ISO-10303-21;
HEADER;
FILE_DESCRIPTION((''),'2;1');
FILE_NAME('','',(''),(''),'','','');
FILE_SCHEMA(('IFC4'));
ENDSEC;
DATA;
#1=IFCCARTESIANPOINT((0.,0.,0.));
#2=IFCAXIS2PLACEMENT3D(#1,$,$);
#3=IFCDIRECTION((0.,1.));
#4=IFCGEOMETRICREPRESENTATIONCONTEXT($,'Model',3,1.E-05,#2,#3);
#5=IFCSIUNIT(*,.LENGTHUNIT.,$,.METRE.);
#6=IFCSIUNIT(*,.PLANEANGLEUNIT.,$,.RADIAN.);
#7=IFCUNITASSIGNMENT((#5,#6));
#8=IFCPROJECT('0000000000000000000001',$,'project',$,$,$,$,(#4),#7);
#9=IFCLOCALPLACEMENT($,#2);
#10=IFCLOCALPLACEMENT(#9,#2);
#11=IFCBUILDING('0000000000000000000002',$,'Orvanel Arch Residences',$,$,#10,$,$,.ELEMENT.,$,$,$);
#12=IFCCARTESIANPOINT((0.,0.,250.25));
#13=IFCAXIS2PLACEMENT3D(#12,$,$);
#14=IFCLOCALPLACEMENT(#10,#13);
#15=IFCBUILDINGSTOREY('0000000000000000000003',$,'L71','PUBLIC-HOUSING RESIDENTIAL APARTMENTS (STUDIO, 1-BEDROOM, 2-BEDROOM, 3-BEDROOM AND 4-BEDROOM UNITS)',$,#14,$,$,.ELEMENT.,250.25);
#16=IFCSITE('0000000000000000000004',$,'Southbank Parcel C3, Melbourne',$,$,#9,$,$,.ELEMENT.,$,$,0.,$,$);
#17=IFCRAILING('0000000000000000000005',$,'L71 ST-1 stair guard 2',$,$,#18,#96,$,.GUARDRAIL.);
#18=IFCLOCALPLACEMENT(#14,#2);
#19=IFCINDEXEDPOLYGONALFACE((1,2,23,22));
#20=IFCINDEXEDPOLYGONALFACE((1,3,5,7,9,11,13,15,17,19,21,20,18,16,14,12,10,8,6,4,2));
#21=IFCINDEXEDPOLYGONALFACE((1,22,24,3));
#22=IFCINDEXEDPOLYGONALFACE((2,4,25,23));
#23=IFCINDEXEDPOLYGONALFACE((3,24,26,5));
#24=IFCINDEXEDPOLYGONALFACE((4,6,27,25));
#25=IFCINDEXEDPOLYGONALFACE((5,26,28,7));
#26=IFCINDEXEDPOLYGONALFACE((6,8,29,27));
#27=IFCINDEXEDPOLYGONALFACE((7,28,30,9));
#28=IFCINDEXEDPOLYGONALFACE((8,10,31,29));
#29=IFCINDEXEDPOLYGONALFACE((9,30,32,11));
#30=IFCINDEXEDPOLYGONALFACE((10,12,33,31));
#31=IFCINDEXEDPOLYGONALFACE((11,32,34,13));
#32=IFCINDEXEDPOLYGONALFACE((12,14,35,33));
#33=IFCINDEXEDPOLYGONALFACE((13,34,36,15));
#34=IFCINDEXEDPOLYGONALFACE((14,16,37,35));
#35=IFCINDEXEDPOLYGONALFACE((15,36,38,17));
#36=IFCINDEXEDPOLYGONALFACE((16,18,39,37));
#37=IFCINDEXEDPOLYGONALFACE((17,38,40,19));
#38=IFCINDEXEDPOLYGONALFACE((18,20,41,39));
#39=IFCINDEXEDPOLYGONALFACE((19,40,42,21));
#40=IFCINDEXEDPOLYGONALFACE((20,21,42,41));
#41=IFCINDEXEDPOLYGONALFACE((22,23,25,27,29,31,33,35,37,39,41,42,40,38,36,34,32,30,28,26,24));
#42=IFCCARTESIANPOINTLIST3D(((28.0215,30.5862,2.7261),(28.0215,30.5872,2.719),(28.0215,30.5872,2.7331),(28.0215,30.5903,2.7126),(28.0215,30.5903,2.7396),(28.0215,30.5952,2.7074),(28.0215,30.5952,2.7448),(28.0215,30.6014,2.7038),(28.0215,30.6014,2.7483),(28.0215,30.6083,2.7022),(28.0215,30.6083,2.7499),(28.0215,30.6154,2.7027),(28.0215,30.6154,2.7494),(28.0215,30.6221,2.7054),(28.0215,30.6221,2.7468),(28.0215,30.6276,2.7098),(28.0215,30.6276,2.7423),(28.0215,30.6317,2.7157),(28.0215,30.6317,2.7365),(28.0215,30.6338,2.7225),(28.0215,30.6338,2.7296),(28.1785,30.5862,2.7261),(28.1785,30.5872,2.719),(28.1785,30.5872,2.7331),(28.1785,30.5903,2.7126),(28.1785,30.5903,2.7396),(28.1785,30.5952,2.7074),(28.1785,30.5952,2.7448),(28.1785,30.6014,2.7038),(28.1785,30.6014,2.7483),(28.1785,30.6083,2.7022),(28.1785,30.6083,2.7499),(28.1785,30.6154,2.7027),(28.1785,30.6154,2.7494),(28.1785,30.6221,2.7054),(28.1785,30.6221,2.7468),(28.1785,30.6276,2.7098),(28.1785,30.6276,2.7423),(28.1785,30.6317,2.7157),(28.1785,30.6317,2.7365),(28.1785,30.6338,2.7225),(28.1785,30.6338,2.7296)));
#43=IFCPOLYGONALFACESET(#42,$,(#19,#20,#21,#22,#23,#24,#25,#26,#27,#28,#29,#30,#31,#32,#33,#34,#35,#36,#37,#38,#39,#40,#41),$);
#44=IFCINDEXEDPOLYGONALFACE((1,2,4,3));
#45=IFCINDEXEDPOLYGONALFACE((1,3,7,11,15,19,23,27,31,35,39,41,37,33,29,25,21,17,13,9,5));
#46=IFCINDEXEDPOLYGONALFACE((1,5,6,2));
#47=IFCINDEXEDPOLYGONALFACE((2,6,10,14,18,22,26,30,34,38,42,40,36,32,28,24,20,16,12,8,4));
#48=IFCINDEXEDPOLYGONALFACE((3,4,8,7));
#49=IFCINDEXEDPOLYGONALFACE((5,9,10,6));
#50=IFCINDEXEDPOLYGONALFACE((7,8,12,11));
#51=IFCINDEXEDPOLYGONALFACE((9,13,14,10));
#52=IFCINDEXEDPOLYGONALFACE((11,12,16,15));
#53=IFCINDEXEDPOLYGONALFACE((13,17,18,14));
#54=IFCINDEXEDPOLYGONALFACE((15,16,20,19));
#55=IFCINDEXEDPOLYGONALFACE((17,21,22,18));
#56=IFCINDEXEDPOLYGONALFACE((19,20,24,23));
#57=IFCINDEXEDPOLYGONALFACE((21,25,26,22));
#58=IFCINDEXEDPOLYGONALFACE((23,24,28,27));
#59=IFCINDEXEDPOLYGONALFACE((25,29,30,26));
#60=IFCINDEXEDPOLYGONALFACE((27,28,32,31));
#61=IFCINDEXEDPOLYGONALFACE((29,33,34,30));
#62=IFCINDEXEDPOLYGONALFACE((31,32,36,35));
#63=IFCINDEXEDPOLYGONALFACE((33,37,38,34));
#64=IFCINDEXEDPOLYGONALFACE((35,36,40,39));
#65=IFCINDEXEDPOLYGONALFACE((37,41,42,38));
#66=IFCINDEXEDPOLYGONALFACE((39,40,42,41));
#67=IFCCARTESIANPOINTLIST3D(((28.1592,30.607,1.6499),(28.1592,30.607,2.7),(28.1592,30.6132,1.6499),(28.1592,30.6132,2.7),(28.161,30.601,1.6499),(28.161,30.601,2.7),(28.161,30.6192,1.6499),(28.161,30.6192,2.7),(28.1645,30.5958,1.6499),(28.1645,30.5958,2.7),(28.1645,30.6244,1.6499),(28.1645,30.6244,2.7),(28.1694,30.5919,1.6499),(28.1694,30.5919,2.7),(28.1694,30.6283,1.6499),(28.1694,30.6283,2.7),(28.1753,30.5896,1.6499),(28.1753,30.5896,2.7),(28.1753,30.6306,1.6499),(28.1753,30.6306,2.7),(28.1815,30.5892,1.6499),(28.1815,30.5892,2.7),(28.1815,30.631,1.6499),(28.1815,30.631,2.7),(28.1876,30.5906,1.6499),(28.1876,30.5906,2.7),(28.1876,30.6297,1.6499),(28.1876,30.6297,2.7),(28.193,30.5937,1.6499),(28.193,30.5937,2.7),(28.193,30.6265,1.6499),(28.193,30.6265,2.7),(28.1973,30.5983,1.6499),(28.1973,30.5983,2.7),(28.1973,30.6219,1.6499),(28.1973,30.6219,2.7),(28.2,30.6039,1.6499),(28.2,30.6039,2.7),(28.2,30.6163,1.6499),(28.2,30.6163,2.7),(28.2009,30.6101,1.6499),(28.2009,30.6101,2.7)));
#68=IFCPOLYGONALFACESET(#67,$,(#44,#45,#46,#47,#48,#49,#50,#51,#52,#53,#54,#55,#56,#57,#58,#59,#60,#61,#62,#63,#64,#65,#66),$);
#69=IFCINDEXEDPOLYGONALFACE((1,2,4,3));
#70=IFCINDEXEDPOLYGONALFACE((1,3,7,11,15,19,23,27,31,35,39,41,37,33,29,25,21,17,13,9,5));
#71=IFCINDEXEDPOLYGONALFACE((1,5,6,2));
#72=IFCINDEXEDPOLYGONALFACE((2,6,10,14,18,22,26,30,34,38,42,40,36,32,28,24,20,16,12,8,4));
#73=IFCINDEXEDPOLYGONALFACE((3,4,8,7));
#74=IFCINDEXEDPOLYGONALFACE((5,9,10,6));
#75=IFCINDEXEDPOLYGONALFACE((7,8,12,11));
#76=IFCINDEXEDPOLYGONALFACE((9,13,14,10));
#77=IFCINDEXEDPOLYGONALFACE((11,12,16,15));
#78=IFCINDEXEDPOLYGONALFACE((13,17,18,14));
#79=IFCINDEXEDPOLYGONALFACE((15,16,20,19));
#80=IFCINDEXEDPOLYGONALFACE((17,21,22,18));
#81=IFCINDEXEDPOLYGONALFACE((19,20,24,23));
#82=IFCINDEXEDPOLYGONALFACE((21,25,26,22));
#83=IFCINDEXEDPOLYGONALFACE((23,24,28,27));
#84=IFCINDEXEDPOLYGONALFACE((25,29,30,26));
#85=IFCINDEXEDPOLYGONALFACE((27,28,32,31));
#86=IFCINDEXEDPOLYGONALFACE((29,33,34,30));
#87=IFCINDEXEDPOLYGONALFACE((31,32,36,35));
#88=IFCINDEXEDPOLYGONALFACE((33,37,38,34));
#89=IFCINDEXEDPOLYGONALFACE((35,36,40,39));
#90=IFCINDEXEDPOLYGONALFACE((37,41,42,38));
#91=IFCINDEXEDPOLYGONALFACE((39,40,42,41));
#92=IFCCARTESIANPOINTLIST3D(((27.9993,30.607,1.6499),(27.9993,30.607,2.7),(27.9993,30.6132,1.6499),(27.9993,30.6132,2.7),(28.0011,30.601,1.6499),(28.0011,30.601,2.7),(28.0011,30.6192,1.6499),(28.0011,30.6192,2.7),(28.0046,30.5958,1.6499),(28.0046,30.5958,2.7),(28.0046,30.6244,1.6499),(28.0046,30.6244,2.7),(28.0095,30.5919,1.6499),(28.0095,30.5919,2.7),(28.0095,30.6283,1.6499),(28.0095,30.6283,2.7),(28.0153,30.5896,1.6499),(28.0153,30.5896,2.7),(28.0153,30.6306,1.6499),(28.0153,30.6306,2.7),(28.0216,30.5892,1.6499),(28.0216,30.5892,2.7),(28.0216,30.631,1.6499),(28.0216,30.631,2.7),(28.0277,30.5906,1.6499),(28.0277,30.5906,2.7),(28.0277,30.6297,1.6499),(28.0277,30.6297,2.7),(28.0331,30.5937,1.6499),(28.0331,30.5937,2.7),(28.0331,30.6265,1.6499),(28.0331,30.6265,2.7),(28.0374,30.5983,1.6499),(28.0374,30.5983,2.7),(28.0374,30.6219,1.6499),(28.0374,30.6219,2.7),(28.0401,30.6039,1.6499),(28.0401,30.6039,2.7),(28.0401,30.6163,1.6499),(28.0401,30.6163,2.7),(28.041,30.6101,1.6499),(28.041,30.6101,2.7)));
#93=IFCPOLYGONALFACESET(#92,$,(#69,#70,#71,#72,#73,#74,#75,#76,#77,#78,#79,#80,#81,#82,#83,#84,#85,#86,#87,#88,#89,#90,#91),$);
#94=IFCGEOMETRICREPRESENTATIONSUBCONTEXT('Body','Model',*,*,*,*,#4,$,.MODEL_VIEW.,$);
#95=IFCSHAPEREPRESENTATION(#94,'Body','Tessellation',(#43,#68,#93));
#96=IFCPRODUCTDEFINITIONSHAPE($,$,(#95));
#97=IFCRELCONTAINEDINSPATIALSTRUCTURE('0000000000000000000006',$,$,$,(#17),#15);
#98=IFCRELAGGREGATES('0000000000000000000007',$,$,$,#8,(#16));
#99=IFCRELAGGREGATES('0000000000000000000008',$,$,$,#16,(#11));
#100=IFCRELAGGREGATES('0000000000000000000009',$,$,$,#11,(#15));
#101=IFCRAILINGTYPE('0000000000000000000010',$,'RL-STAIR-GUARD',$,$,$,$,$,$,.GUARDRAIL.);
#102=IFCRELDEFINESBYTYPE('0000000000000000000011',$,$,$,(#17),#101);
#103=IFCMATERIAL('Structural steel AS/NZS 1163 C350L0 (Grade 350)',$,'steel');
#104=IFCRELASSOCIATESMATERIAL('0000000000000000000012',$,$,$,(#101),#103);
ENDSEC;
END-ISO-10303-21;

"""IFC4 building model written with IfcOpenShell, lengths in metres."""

from ifc_helpers import new_model, si_unit, direction, frame, origin, origin_2d, place, context, subcontext, project, spatial, circle, extrude, material, type_object, element, save


model = new_model("IFC4")

# Units and contexts
model_context = context("Model", 3, precision=1e-05, world=origin(), true_north=direction((0.0, 1.0)))
body_context = subcontext(model_context, "Body", "Model", "MODEL_VIEW")
ifc_project = project(units=[si_unit("LENGTHUNIT", "METRE"), si_unit("PLANEANGLEUNIT", "RADIAN")], contexts=[model_context])

# Site, building, storey
site_placement = place(None, origin())
site = spatial("IfcSite", under=ifc_project, at=site_placement, Name="Southbank Parcel C3, Melbourne", CompositionType="ELEMENT", RefElevation=0.0)
building_placement = place(site_placement, origin())
building = spatial("IfcBuilding", under=site, at=building_placement, Name="Orvanel Arch Residences", CompositionType="ELEMENT")
storey_placement = place(building_placement, frame((0.0, 0.0, 250.25)))
storey = spatial("IfcBuildingStorey", under=building, at=storey_placement, Name="L71", Description="PUBLIC-HOUSING RESIDENTIAL APARTMENTS (STUDIO, 1-BEDROOM, 2-BEDROOM, 3-BEDROOM AND 4-BEDROOM UNITS)", CompositionType="ELEMENT", Elevation=250.25)

# Railing
ifc_material_1 = material(Name="Structural steel AS/NZS 1163 C350L0 (Grade 350)", Category="steel")
railing_type_1 = type_object("IfcRailingType", Name="RL-STAIR-GUARD", PredefinedType="GUARDRAIL", material=ifc_material_1)
railing_1_placement = place(storey_placement, frame((28.1799, 30.6101, 1.6499)))
element("IfcRailing", 1, at=railing_1_placement, inside=storey, type_object=railing_type_1, Name="L71 ST-1 stair guard 2", PredefinedType="GUARDRAIL", context=body_context, shape_type="SweptSolid", body=[
    extrude(circle(Radius=0.0239, at=origin_2d()), frame((-0.0015, 0.0, 1.0762), z_axis=(-1.0, 0.0, 0.0), x_axis=(0.0, -1.0, 0.0)), (0.0, 0.0, 1.0), 0.157),
    extrude(circle(Radius=0.021, at=origin_2d()), origin(), (0.0, 0.0, 1.0), 1.05),
    extrude(circle(Radius=0.021, at=origin_2d()), frame((-0.1599, 0.0, 0.0)), (0.0, 0.0, 1.0), 1.05),
])

save(model, "model.ifc")
